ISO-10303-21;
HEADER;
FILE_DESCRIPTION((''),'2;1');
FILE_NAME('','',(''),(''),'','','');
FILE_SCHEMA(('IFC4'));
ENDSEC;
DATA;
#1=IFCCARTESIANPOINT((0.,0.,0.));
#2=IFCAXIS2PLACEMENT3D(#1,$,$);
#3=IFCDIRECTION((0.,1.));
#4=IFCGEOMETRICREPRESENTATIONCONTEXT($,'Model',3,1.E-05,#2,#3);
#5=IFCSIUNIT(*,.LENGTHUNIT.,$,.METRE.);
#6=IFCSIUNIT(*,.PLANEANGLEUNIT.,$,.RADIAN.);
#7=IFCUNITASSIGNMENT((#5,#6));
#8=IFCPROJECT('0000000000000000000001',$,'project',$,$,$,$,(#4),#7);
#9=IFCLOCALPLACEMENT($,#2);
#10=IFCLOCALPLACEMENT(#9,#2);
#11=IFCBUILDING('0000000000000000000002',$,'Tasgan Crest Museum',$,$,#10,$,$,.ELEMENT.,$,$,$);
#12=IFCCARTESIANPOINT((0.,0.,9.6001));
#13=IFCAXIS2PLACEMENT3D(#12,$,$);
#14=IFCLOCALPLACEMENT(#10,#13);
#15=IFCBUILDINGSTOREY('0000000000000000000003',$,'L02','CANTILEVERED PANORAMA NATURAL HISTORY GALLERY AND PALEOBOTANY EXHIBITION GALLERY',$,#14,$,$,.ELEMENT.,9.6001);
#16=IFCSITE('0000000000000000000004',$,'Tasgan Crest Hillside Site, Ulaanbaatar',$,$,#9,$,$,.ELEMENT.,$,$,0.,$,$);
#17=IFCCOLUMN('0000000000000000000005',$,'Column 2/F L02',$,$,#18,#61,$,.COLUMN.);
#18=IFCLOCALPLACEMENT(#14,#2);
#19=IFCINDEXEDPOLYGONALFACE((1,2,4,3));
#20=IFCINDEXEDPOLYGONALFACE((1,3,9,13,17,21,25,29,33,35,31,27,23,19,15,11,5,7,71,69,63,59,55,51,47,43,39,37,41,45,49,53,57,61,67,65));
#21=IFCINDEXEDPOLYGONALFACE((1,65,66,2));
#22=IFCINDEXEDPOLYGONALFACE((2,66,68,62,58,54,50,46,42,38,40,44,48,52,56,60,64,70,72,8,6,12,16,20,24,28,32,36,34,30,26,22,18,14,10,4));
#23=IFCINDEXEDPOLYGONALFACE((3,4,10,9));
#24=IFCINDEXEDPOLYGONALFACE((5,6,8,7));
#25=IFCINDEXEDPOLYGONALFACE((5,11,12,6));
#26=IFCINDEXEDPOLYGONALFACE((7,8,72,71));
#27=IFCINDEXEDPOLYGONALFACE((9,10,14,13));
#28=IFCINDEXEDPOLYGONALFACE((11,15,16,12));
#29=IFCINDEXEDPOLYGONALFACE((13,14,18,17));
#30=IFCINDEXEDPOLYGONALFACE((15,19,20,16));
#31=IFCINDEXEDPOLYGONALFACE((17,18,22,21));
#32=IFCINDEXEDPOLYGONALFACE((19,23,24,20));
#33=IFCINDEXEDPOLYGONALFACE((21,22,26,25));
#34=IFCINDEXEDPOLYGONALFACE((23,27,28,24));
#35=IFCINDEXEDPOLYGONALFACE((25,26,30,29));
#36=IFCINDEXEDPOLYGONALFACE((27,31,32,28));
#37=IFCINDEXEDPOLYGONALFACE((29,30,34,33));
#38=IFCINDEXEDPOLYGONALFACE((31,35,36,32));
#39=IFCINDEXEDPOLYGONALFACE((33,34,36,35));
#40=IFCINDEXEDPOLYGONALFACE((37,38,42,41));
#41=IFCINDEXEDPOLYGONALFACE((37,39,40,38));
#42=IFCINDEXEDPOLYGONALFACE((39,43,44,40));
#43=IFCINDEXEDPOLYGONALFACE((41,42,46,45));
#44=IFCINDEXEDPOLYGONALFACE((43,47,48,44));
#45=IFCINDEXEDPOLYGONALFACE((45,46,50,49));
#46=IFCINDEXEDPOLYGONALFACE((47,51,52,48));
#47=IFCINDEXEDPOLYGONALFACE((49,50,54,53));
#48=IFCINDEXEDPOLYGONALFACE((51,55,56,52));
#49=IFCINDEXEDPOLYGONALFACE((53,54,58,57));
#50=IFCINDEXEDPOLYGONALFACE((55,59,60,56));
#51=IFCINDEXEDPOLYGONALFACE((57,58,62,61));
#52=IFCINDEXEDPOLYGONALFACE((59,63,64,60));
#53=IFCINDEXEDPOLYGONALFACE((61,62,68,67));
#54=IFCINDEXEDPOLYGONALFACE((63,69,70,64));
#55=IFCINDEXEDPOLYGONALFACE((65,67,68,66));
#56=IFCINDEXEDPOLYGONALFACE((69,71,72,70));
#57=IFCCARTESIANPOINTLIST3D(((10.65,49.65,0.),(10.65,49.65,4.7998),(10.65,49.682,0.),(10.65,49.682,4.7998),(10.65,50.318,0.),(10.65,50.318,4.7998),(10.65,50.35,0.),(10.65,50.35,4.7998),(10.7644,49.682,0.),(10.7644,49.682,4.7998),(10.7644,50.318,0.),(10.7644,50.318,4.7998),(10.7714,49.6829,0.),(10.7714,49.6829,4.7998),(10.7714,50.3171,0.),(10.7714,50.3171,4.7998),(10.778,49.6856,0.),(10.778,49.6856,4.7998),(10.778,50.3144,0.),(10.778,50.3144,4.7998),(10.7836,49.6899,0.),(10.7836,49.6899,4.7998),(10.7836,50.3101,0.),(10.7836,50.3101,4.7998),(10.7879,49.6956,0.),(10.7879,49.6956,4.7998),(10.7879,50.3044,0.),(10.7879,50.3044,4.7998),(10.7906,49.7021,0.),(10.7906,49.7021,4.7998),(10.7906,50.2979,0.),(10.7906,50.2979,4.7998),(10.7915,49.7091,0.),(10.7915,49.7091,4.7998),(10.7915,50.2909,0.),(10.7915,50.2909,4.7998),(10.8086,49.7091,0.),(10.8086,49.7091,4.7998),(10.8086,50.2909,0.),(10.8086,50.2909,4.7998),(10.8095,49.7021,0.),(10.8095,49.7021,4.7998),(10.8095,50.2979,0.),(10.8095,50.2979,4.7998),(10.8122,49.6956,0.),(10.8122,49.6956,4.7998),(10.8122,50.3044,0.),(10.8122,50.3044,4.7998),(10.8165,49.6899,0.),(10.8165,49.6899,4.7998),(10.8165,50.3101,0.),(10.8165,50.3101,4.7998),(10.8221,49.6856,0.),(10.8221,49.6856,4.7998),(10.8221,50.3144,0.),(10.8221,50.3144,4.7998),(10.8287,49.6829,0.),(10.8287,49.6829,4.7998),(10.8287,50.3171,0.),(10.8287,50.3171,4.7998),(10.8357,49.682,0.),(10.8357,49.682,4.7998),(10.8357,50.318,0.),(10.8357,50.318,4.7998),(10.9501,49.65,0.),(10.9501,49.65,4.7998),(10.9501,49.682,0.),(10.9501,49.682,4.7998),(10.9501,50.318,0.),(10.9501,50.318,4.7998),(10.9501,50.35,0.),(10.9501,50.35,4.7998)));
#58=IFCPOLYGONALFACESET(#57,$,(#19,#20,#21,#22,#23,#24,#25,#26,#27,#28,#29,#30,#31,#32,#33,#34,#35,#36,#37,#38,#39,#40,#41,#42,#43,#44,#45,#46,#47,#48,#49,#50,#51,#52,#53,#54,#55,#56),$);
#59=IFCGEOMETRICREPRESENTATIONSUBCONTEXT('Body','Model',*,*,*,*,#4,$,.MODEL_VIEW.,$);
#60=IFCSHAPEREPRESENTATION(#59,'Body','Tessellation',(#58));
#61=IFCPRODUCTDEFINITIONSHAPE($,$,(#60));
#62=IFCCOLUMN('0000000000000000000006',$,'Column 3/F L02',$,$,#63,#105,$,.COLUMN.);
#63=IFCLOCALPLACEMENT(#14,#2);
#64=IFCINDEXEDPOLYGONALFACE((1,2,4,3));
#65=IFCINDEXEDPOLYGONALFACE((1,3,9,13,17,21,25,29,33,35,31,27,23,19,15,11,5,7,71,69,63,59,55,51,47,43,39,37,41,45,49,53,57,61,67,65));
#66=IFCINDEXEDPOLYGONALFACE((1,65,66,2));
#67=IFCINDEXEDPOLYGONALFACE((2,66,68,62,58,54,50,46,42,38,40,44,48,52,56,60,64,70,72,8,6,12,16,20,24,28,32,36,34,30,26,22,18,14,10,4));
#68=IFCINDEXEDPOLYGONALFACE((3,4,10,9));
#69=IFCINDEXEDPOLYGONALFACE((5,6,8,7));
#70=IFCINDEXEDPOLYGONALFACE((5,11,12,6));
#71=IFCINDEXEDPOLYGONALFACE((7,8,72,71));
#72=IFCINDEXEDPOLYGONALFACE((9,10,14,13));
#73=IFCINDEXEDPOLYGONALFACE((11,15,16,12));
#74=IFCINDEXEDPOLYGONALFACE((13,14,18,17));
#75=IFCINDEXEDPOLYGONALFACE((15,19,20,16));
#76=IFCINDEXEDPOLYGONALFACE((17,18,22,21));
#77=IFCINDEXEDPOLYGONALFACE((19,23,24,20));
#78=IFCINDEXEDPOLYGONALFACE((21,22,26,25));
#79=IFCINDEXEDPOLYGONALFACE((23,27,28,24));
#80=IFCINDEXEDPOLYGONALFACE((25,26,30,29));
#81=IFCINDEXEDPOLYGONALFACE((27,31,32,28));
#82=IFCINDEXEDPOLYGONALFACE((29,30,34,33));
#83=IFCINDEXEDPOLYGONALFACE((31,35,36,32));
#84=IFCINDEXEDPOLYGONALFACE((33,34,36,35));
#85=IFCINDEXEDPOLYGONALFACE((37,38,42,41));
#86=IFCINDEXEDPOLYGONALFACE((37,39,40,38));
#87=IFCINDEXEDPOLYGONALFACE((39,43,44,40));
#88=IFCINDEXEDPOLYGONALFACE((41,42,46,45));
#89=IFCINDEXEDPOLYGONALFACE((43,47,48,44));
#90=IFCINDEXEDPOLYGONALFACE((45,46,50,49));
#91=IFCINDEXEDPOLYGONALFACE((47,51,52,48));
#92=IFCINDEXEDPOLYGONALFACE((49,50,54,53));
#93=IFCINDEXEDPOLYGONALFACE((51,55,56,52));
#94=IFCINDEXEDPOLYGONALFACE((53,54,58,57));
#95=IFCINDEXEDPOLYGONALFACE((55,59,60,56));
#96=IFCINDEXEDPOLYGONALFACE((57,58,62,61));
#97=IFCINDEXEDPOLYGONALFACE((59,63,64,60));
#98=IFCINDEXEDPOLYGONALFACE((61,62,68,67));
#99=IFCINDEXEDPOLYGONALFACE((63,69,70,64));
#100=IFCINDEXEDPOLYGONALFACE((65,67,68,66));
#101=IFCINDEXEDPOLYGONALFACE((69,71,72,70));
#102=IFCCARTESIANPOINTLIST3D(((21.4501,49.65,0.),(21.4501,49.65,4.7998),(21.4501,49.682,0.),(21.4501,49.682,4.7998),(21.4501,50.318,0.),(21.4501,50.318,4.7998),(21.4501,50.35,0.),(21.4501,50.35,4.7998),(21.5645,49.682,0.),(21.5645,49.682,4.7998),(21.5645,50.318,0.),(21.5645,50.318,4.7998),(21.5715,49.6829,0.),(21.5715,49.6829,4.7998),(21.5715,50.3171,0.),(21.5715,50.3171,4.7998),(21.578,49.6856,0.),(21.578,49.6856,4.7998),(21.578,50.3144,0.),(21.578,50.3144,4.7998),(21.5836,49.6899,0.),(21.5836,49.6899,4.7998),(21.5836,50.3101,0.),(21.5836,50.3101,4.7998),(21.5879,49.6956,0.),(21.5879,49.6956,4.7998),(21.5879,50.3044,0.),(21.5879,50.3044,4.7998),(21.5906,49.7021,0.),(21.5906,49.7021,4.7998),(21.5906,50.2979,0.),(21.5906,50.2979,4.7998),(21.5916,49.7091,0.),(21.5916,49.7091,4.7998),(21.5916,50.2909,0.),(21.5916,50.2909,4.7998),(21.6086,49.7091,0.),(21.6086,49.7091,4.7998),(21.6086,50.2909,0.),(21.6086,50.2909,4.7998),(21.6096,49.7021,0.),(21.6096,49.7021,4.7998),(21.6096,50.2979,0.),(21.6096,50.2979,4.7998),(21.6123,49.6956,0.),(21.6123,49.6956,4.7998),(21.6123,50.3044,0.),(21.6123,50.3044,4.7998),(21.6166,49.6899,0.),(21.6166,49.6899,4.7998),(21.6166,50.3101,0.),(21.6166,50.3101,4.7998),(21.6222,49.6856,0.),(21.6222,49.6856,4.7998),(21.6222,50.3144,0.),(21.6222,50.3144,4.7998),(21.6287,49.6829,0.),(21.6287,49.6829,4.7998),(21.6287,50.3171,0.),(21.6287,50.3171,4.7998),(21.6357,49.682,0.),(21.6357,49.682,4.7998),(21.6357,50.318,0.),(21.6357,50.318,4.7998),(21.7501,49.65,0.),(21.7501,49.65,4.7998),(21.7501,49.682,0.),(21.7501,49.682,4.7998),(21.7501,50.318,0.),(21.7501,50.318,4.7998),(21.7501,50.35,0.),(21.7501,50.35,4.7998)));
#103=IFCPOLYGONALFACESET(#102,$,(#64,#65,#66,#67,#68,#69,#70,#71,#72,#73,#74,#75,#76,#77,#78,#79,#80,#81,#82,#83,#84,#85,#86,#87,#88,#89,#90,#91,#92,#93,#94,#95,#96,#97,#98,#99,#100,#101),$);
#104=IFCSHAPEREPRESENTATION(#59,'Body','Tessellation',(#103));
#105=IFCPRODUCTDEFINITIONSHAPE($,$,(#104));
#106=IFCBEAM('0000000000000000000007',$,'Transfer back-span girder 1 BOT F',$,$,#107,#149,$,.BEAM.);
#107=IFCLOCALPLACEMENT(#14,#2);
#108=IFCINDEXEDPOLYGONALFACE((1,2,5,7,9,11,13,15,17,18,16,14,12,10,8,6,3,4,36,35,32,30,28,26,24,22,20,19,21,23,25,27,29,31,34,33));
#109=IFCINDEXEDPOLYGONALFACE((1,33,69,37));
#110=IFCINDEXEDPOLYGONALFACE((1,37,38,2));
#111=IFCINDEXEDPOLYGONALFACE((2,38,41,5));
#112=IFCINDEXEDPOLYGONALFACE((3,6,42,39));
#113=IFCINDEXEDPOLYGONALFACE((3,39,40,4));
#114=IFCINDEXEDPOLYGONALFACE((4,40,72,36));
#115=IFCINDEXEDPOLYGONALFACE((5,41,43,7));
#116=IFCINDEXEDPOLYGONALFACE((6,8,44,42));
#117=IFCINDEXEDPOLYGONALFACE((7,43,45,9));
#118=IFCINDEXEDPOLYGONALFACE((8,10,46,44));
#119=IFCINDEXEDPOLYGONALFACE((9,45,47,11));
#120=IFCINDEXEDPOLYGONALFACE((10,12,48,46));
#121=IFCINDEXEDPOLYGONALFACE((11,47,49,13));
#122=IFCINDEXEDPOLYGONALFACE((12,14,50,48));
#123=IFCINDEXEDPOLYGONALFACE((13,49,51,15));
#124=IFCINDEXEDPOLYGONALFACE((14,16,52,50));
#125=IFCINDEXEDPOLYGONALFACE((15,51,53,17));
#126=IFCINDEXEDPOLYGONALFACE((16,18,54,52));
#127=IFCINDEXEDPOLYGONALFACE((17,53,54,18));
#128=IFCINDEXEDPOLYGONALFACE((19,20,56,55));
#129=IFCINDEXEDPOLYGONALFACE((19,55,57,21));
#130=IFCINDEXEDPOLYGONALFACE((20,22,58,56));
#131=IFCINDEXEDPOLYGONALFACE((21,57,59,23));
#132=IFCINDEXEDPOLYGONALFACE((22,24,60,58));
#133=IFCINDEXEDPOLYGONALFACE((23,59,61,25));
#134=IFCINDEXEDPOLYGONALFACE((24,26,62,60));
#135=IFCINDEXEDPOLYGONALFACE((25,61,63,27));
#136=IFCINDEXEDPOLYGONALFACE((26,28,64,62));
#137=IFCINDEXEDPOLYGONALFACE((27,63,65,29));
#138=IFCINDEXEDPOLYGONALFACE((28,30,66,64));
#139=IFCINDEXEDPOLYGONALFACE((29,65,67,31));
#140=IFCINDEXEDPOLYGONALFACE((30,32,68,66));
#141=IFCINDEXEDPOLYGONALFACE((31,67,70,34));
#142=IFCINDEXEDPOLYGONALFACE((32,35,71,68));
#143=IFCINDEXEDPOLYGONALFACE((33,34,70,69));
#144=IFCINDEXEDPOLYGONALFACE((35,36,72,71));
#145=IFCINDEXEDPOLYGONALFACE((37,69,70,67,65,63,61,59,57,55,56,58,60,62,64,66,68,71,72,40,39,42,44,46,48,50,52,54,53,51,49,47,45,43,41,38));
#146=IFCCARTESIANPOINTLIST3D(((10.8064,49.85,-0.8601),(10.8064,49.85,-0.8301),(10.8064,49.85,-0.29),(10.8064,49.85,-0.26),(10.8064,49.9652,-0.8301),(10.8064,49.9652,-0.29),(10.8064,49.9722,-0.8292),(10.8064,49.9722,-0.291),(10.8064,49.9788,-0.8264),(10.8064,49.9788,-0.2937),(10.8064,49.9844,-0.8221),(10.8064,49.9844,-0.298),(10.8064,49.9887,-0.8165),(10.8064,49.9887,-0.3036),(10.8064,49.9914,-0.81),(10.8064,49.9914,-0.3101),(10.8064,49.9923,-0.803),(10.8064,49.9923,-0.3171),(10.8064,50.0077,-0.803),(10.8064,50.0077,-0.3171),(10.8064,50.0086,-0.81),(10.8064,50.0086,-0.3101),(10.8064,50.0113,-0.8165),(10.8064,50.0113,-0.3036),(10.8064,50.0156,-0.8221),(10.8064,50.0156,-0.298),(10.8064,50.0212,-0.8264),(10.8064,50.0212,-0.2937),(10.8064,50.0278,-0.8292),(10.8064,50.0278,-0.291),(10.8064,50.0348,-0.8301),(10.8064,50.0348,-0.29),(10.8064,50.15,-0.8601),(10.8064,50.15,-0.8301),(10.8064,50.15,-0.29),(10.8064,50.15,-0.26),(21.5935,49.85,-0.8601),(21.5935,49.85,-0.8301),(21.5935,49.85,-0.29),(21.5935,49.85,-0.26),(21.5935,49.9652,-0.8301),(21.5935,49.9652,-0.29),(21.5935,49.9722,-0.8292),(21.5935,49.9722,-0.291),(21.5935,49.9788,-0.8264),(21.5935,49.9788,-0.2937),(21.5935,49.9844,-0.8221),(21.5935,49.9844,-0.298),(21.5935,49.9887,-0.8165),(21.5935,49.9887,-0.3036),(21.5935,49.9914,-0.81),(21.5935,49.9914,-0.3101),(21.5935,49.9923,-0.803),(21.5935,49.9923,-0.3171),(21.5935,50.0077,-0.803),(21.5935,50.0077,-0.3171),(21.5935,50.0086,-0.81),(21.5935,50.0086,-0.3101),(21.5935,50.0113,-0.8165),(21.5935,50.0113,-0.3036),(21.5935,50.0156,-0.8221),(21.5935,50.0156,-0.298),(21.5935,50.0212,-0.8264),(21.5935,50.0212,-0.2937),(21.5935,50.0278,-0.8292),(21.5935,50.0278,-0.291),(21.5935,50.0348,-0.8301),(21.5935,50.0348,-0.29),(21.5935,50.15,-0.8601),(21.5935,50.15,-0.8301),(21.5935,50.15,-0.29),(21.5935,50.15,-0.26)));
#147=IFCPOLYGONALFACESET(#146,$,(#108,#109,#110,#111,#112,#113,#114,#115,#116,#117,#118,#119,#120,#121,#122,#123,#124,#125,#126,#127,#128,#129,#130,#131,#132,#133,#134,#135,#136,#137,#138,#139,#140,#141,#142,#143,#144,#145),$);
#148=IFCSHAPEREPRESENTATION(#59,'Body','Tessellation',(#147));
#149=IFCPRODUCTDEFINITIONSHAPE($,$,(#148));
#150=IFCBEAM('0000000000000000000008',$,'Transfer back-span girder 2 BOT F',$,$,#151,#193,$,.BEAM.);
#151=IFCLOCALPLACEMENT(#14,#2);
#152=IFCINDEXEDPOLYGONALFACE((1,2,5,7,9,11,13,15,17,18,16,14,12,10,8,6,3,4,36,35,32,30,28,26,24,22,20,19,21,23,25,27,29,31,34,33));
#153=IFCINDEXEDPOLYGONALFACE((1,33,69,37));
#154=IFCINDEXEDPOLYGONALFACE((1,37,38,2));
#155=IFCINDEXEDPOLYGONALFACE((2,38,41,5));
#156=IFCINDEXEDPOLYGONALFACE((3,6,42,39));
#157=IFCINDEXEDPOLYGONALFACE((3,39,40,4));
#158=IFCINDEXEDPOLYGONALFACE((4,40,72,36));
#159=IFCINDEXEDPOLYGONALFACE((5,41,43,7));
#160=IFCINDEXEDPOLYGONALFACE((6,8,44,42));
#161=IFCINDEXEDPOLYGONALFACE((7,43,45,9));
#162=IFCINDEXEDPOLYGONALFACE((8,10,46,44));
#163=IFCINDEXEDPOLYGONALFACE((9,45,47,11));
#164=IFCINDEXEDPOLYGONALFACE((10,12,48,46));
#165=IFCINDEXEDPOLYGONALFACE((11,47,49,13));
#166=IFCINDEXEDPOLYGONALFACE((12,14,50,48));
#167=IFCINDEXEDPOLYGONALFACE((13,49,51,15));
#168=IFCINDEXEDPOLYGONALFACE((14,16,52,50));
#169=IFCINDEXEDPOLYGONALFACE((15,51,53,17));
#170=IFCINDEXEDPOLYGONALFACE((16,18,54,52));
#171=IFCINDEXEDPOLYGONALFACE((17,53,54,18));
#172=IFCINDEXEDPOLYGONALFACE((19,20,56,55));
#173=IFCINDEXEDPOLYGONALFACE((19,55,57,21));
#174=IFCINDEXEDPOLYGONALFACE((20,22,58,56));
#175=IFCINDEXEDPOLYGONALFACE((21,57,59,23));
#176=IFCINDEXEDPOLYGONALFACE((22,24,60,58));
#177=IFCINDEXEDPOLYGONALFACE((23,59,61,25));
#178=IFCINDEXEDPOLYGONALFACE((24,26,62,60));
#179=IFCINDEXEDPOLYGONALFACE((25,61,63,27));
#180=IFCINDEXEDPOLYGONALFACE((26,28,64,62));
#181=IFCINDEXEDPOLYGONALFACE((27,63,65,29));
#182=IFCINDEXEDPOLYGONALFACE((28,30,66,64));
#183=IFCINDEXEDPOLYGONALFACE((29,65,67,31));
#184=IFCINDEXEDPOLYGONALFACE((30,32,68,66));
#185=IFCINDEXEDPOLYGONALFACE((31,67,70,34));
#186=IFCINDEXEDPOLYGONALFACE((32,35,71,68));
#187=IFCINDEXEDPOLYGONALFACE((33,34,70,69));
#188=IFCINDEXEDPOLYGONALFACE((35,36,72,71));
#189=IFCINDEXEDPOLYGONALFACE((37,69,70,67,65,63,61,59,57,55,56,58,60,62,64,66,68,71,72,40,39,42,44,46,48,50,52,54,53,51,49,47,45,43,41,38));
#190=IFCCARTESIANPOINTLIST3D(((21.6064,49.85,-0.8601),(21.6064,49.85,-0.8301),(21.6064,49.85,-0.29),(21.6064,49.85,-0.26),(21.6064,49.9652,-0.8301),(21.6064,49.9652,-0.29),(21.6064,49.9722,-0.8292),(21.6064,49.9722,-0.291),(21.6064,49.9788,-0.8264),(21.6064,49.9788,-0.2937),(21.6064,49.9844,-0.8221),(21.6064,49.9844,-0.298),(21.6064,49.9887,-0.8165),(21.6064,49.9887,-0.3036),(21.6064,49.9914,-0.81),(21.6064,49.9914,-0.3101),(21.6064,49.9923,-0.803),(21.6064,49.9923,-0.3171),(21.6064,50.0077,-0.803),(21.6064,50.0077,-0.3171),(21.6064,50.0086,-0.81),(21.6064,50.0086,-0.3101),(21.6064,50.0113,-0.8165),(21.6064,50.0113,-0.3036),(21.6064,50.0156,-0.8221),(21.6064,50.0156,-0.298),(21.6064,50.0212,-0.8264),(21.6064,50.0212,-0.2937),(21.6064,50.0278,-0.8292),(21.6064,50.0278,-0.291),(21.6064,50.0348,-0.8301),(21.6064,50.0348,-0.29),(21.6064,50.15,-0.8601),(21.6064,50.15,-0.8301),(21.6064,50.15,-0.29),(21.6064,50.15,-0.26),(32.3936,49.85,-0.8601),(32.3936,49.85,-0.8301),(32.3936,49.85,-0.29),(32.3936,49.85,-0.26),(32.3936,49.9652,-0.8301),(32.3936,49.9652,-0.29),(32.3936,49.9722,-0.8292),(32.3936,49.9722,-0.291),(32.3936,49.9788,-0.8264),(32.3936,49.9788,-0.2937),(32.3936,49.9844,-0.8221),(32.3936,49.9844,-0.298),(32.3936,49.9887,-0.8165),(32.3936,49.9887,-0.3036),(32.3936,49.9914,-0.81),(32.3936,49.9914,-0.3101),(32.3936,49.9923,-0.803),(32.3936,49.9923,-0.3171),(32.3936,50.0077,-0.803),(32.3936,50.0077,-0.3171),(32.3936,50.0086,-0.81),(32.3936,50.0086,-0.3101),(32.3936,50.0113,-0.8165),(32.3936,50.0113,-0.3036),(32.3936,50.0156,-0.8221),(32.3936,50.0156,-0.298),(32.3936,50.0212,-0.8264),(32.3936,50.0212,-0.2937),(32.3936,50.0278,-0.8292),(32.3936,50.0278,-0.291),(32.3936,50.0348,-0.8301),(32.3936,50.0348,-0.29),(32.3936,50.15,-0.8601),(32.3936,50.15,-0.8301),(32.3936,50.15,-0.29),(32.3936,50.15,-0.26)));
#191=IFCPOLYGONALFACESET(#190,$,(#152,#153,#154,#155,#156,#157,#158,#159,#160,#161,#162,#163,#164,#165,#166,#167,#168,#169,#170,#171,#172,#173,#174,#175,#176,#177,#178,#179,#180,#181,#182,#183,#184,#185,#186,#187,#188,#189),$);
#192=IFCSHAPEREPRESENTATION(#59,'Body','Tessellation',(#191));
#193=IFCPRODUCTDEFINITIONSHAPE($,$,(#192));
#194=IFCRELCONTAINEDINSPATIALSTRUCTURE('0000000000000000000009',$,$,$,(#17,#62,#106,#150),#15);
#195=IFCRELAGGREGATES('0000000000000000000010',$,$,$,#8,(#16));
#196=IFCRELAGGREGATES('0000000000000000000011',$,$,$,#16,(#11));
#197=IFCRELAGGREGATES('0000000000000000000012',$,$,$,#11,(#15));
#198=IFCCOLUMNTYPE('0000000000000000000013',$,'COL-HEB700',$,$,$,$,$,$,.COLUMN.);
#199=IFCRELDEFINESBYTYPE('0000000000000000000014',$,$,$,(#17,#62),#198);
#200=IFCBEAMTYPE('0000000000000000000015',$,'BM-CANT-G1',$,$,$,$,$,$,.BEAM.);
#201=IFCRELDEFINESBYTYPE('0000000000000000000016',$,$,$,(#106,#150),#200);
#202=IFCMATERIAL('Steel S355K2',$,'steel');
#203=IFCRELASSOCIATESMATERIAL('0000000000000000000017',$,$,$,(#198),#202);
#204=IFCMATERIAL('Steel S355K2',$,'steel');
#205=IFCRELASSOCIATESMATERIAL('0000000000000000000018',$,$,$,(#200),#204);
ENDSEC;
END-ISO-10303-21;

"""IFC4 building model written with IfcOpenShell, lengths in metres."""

from ifc_helpers import new_model, si_unit, direction, frame, origin, origin_2d, place, context, subcontext, project, spatial, i_section, extrude, material, material_profile, profile_set, type_object, element, save


model = new_model("IFC4")

# Units and contexts
model_context = context("Model", 3, precision=1e-05, world=origin(), true_north=direction((0.0, 1.0)))
body_context = subcontext(model_context, "Body", "Model", "MODEL_VIEW")
ifc_project = project(units=[si_unit("LENGTHUNIT", "METRE"), si_unit("PLANEANGLEUNIT", "RADIAN")], contexts=[model_context])

# Site, building, storey
site_placement = place(None, origin())
site = spatial("IfcSite", under=ifc_project, at=site_placement, Name="Tasgan Crest Hillside Site, Ulaanbaatar", CompositionType="ELEMENT", RefElevation=0.0)
building_placement = place(site_placement, origin())
building = spatial("IfcBuilding", under=site, at=building_placement, Name="Tasgan Crest Museum", CompositionType="ELEMENT")
storey_placement = place(building_placement, frame((0.0, 0.0, 9.6001)))
storey = spatial("IfcBuildingStorey", under=building, at=storey_placement, Name="L02", Description="CANTILEVERED PANORAMA NATURAL HISTORY GALLERY AND PALEOBOTANY EXHIBITION GALLERY", CompositionType="ELEMENT", Elevation=9.6001)

# Columns
ifc_material_1 = material(Name="Steel S355K2", Category="steel")
ifc_material_profile_1 = material_profile(ifc_material_1, i_section(OverallWidth=0.3, OverallDepth=0.7, WebThickness=0.0171, FlangeThickness=0.032, FilletRadius=0.0271, at=origin_2d()), Name="HEB 700")
ifc_profile_set_1 = profile_set([ifc_material_profile_1], Name="Steel S355K2")
column_type = type_object("IfcColumnType", Name="COL-HEB700", PredefinedType="COLUMN", material=ifc_profile_set_1)
for number, where, z_axis, x_axis, name in (
    (1, (10.8, 50.0, 0.0), (0.0, 0.0, 1.0), (1.0, 0.0, 0.0), "Column 2/F L02"),
    (2, (21.6001, 50.0, 0.0), (0.0, 0.0, 1.0), (1.0, 0.0, 0.0), "Column 3/F L02"),
):
    element("IfcColumn", number, at=place(storey_placement, frame(where, z_axis=z_axis, x_axis=x_axis)), inside=storey, type_object=column_type, Name=name, PredefinedType="COLUMN", context=body_context, shape_type="SweptSolid", body=[
        extrude(i_section(OverallWidth=0.3, OverallDepth=0.7, WebThickness=0.0171, FlangeThickness=0.032, FilletRadius=0.0271, at=origin_2d()), origin(), (0.0, 0.0, 1.0), 4.7998),
    ])

# Beams
ifc_material_2 = material(Name="Steel S355K2", Category="steel")
ifc_material_profile_2 = material_profile(ifc_material_2, i_section(OverallWidth=0.3, OverallDepth=0.6001, WebThickness=0.0154, FlangeThickness=0.03, FilletRadius=0.0271, at=origin_2d()), Name="HEB 600")
ifc_profile_set_2 = profile_set([ifc_material_profile_2], Name="Steel S355K2")
beam_type_1 = type_object("IfcBeamType", Name="BM-CANT-G1", PredefinedType="BEAM", material=ifc_profile_set_2)
for number, where, z_axis, x_axis, name in (
    (3, (10.8064, 50.0, -0.5601), (1.0, 0.0, 0.0), (0.0, 1.0, 0.0), "Transfer back-span girder 1 BOT F"),
    (4, (21.6064, 50.0, -0.5601), (1.0, 0.0, 0.0), (0.0, 1.0, 0.0), "Transfer back-span girder 2 BOT F"),
):
    element("IfcBeam", number, at=place(storey_placement, frame(where, z_axis=z_axis, x_axis=x_axis)), inside=storey, type_object=beam_type_1, Name=name, PredefinedType="BEAM", context=body_context, shape_type="SweptSolid", body=[
        extrude(i_section(OverallWidth=0.3, OverallDepth=0.6001, WebThickness=0.0154, FlangeThickness=0.03, FilletRadius=0.0271, at=origin_2d()), origin(), (0.0, 0.0, 1.0), 10.7871),
    ])

save(model, "model.ifc")
